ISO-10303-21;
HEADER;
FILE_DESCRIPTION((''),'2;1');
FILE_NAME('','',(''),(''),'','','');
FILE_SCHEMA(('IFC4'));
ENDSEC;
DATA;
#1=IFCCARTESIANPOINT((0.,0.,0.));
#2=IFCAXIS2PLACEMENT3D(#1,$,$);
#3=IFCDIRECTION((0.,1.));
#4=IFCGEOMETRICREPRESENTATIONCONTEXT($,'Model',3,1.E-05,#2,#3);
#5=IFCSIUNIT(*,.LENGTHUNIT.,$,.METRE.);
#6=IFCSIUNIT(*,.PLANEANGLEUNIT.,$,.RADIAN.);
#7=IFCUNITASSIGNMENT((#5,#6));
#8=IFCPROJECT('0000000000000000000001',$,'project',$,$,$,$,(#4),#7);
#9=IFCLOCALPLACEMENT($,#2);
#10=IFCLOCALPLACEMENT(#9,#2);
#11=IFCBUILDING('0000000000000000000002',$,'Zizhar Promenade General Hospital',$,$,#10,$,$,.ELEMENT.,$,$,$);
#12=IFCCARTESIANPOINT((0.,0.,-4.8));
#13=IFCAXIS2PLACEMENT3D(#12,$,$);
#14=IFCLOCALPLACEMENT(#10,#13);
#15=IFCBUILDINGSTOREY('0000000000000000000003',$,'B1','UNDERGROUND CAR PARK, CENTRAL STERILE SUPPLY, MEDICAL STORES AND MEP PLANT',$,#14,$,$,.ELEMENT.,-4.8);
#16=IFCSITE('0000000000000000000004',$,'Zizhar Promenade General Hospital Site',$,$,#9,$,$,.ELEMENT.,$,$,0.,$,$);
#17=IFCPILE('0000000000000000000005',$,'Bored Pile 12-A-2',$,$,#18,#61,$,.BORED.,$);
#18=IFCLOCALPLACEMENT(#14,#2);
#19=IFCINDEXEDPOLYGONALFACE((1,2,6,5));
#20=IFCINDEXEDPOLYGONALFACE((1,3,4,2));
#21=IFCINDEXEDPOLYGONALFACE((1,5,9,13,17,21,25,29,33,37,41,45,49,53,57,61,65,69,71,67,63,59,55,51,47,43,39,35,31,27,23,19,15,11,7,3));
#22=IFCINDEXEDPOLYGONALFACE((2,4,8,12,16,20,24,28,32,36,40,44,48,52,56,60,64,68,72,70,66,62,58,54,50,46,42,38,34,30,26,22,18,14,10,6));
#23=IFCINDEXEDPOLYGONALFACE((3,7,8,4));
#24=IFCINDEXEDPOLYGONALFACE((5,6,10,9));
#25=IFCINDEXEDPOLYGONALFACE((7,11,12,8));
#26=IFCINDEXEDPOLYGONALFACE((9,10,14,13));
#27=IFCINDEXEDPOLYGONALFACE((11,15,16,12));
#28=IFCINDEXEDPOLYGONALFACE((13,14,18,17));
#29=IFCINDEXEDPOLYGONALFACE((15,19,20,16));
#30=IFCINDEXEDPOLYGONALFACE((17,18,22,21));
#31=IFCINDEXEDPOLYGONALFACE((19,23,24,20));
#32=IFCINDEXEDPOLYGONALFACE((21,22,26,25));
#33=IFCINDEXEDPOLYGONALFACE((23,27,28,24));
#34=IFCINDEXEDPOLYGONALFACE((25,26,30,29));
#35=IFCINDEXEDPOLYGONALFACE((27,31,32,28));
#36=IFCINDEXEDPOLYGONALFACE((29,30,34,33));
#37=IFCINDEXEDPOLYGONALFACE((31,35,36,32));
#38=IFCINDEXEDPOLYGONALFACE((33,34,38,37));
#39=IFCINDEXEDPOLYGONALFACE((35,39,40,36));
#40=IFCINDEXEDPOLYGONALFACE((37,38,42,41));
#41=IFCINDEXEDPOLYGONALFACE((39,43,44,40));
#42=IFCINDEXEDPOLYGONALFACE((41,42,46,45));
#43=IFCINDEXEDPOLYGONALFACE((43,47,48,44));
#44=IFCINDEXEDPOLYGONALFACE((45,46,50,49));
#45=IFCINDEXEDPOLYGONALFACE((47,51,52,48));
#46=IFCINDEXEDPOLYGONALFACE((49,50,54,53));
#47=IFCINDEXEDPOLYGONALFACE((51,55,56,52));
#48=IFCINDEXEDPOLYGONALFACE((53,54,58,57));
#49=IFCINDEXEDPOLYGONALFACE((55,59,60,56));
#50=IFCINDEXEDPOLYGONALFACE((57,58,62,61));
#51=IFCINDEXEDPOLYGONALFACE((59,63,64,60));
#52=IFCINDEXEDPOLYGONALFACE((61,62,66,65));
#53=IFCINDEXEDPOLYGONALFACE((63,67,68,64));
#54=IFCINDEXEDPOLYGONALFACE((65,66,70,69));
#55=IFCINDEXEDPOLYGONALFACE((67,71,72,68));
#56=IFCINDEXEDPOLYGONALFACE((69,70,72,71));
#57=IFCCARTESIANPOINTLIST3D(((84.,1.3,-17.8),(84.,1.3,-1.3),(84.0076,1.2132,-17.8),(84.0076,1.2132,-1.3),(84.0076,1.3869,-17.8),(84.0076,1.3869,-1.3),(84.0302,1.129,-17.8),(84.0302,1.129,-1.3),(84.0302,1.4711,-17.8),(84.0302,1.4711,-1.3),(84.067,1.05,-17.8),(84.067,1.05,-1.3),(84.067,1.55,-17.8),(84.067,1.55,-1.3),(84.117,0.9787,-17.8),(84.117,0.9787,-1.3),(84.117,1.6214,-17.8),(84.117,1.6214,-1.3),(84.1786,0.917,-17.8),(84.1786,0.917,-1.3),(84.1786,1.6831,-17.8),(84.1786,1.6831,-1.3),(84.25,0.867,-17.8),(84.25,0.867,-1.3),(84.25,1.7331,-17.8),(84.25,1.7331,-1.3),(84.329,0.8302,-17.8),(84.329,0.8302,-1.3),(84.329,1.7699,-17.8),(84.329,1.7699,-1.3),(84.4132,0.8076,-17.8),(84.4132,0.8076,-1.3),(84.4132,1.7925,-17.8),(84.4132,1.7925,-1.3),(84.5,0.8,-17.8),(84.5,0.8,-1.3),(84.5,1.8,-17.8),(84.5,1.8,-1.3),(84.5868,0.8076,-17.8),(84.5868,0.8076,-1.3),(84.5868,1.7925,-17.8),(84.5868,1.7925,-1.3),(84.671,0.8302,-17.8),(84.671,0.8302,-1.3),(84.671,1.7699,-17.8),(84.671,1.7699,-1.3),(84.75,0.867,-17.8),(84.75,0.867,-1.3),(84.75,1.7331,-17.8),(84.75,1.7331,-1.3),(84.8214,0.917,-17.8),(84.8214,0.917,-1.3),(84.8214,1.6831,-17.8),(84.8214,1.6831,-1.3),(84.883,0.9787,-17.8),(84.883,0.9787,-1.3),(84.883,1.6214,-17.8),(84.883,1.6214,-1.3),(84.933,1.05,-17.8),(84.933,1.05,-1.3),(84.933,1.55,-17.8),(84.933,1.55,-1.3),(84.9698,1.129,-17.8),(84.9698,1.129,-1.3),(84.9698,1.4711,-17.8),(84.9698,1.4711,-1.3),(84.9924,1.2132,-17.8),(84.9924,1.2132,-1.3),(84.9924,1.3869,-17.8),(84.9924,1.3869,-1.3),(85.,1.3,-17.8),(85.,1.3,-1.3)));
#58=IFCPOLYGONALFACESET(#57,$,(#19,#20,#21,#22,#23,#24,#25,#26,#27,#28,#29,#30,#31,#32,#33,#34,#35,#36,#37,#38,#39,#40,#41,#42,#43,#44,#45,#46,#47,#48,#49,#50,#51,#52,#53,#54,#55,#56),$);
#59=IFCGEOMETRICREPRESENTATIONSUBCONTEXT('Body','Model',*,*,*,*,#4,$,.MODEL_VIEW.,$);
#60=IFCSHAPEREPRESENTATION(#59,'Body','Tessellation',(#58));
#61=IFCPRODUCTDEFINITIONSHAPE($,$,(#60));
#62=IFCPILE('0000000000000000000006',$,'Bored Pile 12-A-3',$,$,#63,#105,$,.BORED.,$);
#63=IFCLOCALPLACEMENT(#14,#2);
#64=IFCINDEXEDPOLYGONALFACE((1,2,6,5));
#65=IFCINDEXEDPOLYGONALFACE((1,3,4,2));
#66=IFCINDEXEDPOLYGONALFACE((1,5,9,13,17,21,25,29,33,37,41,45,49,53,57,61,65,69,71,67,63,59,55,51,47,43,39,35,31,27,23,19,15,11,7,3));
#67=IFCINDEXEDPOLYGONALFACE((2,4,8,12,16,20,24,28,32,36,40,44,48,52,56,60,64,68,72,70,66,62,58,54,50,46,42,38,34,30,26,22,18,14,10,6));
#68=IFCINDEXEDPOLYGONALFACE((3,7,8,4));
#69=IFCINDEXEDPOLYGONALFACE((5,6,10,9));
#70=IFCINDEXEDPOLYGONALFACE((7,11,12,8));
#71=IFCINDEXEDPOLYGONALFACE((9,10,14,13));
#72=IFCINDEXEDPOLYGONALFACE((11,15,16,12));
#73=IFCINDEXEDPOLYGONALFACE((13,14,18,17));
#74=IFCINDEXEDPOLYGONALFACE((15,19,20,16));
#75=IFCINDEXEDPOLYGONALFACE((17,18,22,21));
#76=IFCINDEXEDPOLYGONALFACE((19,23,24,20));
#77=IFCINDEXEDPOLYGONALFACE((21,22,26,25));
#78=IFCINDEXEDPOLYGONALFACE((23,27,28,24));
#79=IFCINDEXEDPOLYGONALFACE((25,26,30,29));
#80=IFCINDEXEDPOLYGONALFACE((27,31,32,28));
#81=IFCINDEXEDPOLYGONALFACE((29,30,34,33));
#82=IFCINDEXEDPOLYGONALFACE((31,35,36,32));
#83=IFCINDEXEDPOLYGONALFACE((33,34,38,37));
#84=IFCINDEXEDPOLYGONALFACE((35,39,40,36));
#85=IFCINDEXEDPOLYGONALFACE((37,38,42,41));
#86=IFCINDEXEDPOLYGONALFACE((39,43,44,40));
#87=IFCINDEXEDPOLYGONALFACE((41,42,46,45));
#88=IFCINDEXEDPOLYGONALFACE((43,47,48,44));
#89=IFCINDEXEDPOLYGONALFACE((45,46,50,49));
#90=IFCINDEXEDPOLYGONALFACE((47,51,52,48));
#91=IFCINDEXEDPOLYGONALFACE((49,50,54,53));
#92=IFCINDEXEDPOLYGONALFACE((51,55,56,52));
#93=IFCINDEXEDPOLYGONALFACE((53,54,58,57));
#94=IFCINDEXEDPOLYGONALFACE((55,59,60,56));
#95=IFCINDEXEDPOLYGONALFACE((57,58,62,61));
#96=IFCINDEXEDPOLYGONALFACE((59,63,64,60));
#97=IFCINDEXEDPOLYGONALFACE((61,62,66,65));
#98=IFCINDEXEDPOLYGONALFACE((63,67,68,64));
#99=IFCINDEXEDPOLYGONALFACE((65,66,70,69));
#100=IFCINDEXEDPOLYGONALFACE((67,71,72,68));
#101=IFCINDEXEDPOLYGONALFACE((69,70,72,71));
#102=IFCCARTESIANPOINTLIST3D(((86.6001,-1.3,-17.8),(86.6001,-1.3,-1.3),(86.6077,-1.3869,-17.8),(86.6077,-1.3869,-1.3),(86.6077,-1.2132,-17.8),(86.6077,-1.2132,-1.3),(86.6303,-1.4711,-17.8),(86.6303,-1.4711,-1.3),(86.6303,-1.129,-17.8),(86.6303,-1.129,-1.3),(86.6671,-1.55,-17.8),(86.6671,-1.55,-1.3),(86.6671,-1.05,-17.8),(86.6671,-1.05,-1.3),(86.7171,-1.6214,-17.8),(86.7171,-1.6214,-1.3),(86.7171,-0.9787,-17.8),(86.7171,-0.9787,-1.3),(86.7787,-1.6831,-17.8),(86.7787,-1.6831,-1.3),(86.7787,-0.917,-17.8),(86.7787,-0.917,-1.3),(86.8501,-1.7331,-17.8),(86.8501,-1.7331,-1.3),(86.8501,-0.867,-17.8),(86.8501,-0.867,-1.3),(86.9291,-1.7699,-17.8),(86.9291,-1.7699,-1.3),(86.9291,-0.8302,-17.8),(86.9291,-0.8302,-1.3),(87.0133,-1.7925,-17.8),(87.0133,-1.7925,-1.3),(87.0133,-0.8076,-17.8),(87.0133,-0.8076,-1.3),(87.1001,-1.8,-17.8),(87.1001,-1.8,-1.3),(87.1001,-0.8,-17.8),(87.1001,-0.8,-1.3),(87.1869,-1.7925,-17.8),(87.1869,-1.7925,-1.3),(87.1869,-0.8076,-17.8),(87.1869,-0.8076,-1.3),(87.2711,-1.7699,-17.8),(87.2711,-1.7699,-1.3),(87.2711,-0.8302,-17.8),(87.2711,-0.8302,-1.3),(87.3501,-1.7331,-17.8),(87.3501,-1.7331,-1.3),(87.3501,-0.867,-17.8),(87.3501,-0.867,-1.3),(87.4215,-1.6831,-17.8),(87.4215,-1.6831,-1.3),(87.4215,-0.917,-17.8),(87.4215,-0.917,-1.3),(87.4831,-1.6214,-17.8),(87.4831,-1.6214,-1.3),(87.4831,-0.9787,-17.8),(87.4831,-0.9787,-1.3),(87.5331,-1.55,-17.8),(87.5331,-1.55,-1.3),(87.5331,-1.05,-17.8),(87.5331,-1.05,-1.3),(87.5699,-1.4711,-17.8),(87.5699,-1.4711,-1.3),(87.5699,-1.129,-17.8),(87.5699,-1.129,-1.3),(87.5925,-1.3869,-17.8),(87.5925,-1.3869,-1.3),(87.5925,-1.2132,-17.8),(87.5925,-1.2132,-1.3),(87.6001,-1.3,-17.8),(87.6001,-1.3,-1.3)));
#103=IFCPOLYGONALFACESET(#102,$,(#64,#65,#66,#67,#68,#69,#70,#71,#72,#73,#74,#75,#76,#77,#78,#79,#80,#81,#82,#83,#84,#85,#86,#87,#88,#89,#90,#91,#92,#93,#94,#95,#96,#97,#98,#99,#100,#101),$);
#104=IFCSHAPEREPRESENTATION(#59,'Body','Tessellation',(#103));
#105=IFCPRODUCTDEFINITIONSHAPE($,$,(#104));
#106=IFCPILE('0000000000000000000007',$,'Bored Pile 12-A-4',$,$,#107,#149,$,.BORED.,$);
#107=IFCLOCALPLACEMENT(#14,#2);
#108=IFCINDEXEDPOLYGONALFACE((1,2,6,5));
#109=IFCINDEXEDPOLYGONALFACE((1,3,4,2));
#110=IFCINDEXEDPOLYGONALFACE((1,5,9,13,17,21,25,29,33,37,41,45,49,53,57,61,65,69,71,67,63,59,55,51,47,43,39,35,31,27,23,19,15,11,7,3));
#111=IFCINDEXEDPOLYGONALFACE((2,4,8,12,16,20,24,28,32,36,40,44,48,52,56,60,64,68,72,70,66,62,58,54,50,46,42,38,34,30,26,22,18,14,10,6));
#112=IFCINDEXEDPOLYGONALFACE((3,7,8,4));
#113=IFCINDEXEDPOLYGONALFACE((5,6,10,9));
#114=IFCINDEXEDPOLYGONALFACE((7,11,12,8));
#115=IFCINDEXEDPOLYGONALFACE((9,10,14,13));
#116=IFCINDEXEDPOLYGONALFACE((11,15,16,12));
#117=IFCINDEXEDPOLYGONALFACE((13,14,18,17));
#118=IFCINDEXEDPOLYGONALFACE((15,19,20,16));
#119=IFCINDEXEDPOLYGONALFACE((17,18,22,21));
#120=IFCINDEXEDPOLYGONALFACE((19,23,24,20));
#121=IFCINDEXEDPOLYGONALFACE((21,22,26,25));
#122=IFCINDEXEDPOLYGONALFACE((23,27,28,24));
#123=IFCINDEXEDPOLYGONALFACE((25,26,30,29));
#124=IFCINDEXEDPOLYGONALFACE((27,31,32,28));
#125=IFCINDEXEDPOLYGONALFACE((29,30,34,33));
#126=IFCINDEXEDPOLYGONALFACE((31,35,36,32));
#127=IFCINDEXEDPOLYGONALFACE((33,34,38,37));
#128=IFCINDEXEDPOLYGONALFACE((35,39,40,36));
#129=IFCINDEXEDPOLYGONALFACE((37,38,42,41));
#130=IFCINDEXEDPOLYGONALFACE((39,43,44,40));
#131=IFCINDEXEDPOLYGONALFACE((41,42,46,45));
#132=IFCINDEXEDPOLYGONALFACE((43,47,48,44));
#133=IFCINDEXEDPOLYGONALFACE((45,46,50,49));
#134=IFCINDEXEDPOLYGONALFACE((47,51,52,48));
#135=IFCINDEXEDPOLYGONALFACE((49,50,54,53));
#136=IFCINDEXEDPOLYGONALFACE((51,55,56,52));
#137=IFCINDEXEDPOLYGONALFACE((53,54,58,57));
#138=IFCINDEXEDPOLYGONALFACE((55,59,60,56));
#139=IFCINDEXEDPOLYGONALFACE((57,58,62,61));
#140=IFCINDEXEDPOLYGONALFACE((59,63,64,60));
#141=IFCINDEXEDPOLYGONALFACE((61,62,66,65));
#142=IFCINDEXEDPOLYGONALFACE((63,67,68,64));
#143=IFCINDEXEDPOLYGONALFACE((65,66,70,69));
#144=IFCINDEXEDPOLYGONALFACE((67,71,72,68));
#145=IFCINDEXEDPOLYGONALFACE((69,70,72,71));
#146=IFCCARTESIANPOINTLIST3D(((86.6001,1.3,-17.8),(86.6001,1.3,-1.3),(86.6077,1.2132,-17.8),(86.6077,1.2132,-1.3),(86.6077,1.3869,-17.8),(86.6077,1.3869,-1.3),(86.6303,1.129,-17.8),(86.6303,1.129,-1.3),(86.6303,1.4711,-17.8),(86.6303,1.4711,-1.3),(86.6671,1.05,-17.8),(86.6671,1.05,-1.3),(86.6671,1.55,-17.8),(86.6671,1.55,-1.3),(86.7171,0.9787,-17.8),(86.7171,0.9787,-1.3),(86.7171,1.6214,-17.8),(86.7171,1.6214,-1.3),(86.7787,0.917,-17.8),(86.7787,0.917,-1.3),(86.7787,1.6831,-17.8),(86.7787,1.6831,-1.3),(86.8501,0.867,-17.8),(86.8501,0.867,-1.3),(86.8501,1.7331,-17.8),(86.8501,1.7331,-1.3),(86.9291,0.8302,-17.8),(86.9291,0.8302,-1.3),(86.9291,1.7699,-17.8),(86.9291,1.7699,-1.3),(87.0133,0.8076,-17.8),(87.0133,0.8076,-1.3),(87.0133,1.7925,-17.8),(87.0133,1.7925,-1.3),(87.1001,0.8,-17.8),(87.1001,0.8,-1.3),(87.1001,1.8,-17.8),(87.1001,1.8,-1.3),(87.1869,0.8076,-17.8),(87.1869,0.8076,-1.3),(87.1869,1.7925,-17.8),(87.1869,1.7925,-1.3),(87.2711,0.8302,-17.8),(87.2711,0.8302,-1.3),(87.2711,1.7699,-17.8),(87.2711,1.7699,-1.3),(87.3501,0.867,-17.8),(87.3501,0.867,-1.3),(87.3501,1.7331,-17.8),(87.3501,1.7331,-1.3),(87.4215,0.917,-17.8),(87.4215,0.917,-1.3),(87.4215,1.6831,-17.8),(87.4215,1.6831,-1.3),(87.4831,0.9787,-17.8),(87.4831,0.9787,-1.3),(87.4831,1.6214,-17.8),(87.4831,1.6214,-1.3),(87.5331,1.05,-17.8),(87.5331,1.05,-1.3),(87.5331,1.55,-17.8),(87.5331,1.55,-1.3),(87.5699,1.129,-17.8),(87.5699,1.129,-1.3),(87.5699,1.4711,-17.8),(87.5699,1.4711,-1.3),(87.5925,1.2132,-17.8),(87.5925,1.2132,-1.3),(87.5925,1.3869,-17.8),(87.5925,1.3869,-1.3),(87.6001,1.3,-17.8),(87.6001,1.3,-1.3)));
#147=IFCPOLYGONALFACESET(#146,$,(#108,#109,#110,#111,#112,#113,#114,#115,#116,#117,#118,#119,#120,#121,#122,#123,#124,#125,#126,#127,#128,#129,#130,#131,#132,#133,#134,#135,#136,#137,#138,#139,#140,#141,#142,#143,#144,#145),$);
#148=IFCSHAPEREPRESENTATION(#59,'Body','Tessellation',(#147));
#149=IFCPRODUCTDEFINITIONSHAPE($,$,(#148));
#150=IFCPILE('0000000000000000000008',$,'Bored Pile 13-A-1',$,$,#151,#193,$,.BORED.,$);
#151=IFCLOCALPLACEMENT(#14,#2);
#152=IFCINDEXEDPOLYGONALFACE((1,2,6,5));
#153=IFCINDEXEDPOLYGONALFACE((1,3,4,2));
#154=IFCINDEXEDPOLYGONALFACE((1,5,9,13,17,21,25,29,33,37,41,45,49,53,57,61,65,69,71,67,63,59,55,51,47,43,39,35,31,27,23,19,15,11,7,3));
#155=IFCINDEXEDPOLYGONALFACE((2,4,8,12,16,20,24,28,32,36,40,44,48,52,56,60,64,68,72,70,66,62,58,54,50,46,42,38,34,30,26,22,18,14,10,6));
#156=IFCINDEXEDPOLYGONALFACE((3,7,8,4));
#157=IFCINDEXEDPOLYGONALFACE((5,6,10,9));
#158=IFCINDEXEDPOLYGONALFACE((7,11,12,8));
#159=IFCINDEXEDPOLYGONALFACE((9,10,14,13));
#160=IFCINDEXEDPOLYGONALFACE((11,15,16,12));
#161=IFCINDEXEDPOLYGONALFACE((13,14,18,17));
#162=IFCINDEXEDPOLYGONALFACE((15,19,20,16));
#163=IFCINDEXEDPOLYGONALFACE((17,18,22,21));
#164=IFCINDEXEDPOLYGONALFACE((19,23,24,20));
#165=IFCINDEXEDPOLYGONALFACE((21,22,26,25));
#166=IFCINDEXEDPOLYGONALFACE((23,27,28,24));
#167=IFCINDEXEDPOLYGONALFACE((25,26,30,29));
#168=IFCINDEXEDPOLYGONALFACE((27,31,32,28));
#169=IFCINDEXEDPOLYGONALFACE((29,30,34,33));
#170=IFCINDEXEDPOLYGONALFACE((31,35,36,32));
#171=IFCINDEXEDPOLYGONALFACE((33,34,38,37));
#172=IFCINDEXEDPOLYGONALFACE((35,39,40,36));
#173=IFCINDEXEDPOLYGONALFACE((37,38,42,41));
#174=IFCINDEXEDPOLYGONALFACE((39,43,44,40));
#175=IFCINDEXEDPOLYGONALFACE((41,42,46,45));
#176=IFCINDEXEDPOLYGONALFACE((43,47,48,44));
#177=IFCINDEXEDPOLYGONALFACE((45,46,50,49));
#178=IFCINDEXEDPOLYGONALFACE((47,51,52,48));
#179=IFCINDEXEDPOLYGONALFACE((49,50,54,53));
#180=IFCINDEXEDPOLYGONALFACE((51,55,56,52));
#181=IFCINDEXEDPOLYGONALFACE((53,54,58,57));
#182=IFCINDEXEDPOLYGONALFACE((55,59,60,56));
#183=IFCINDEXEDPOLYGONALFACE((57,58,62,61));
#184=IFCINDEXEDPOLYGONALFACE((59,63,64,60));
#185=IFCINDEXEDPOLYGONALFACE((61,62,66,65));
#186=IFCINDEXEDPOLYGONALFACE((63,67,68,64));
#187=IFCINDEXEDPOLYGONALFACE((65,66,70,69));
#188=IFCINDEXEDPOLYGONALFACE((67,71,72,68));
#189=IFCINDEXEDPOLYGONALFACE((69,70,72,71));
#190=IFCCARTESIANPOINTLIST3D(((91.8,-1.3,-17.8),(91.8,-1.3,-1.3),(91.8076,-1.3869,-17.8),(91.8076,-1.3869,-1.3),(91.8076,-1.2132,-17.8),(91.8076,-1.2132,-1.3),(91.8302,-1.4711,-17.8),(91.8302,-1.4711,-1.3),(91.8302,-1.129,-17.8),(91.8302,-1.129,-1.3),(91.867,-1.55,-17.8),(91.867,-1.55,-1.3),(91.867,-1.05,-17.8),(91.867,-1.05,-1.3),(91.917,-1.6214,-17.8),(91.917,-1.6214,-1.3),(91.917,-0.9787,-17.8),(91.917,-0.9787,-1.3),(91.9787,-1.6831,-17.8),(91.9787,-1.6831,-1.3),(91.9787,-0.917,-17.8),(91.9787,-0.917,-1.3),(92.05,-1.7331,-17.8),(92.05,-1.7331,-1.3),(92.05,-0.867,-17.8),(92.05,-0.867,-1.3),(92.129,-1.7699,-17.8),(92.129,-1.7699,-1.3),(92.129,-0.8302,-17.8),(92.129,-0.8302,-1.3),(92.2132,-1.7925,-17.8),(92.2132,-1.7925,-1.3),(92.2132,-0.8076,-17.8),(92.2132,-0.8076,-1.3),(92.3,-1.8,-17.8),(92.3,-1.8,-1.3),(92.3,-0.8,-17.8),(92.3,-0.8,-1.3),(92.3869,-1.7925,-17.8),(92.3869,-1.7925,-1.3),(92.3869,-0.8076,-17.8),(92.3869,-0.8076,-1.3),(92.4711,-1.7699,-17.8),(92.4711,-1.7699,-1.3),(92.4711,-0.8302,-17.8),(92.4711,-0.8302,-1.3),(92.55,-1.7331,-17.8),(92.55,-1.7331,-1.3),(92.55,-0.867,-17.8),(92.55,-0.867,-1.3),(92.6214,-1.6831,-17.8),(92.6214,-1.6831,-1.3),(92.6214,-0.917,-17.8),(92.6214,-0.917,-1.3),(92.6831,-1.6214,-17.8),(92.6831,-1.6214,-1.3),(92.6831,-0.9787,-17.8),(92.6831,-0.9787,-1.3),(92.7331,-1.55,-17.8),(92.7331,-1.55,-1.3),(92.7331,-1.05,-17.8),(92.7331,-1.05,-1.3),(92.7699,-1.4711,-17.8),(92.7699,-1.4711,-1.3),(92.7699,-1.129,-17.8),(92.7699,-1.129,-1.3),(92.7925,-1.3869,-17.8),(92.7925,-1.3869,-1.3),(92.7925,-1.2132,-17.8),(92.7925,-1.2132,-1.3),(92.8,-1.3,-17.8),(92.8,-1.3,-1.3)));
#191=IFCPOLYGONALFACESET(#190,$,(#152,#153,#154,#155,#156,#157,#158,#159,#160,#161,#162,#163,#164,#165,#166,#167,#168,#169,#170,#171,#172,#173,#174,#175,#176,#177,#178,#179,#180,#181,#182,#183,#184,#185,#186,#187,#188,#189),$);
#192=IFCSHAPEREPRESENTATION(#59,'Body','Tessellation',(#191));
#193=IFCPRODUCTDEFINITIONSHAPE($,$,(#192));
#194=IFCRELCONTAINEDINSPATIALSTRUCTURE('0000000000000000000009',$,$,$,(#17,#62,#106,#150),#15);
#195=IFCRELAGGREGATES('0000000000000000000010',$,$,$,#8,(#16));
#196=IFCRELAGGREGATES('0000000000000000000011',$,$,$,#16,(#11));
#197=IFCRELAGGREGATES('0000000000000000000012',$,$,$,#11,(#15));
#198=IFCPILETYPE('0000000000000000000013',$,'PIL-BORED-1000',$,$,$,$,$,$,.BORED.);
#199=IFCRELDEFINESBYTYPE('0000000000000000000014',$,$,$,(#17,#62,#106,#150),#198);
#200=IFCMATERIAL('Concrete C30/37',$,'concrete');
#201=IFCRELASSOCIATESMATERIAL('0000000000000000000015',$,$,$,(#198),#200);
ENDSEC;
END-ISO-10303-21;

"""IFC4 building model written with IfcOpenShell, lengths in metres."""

from ifc_helpers import new_model, si_unit, direction, frame, origin, origin_2d, place, context, subcontext, project, spatial, circle, extrude, material, material_profile, profile_set, type_object, element, save


model = new_model("IFC4")

# Units and contexts
model_context = context("Model", 3, precision=1e-05, world=origin(), true_north=direction((0.0, 1.0)))
body_context = subcontext(model_context, "Body", "Model", "MODEL_VIEW")
ifc_project = project(units=[si_unit("LENGTHUNIT", "METRE"), si_unit("PLANEANGLEUNIT", "RADIAN")], contexts=[model_context])

# Site, building, storey
site_placement = place(None, origin())
site = spatial("IfcSite", under=ifc_project, at=site_placement, Name="Zizhar Promenade General Hospital Site", CompositionType="ELEMENT", RefElevation=0.0)
building_placement = place(site_placement, origin())
building = spatial("IfcBuilding", under=site, at=building_placement, Name="Zizhar Promenade General Hospital", CompositionType="ELEMENT")
storey_placement = place(building_placement, frame((0.0, 0.0, -4.8)))
storey = spatial("IfcBuildingStorey", under=building, at=storey_placement, Name="B1", Description="UNDERGROUND CAR PARK, CENTRAL STERILE SUPPLY, MEDICAL STORES AND MEP PLANT", CompositionType="ELEMENT", Elevation=-4.8)

# Piles
ifc_material_1 = material(Name="Concrete C30/37", Category="concrete")
ifc_material_profile_1 = material_profile(ifc_material_1, circle(Radius=0.5, at=origin_2d()))
ifc_profile_set_1 = profile_set([ifc_material_profile_1], Name="Concrete C30/37")
pile_type = type_object("IfcPileType", Name="PIL-BORED-1000", PredefinedType="BORED", material=ifc_profile_set_1)
for number, where, z_axis, x_axis, name in (
    (1, (84.5, 1.3, -1.3), (0.0, 0.0, -1.0), (1.0, 0.0, 0.0), "Bored Pile 12-A-2"),
    (2, (87.1001, -1.3, -1.3), (0.0, 0.0, -1.0), (1.0, 0.0, 0.0), "Bored Pile 12-A-3"),
    (3, (87.1001, 1.3, -1.3), (0.0, 0.0, -1.0), (1.0, 0.0, 0.0), "Bored Pile 12-A-4"),
    (4, (92.3, -1.3, -1.3), (0.0, 0.0, -1.0), (1.0, 0.0, 0.0), "Bored Pile 13-A-1"),
):
    element("IfcPile", number, at=place(storey_placement, frame(where, z_axis=z_axis, x_axis=x_axis)), inside=storey, type_object=pile_type, Name=name, PredefinedType="BORED", context=body_context, shape_type="SweptSolid", body=[
        extrude(circle(Radius=0.5, at=origin_2d()), origin(), (0.0, 0.0, 1.0), 16.5),
    ])

save(model, "model.ifc")
